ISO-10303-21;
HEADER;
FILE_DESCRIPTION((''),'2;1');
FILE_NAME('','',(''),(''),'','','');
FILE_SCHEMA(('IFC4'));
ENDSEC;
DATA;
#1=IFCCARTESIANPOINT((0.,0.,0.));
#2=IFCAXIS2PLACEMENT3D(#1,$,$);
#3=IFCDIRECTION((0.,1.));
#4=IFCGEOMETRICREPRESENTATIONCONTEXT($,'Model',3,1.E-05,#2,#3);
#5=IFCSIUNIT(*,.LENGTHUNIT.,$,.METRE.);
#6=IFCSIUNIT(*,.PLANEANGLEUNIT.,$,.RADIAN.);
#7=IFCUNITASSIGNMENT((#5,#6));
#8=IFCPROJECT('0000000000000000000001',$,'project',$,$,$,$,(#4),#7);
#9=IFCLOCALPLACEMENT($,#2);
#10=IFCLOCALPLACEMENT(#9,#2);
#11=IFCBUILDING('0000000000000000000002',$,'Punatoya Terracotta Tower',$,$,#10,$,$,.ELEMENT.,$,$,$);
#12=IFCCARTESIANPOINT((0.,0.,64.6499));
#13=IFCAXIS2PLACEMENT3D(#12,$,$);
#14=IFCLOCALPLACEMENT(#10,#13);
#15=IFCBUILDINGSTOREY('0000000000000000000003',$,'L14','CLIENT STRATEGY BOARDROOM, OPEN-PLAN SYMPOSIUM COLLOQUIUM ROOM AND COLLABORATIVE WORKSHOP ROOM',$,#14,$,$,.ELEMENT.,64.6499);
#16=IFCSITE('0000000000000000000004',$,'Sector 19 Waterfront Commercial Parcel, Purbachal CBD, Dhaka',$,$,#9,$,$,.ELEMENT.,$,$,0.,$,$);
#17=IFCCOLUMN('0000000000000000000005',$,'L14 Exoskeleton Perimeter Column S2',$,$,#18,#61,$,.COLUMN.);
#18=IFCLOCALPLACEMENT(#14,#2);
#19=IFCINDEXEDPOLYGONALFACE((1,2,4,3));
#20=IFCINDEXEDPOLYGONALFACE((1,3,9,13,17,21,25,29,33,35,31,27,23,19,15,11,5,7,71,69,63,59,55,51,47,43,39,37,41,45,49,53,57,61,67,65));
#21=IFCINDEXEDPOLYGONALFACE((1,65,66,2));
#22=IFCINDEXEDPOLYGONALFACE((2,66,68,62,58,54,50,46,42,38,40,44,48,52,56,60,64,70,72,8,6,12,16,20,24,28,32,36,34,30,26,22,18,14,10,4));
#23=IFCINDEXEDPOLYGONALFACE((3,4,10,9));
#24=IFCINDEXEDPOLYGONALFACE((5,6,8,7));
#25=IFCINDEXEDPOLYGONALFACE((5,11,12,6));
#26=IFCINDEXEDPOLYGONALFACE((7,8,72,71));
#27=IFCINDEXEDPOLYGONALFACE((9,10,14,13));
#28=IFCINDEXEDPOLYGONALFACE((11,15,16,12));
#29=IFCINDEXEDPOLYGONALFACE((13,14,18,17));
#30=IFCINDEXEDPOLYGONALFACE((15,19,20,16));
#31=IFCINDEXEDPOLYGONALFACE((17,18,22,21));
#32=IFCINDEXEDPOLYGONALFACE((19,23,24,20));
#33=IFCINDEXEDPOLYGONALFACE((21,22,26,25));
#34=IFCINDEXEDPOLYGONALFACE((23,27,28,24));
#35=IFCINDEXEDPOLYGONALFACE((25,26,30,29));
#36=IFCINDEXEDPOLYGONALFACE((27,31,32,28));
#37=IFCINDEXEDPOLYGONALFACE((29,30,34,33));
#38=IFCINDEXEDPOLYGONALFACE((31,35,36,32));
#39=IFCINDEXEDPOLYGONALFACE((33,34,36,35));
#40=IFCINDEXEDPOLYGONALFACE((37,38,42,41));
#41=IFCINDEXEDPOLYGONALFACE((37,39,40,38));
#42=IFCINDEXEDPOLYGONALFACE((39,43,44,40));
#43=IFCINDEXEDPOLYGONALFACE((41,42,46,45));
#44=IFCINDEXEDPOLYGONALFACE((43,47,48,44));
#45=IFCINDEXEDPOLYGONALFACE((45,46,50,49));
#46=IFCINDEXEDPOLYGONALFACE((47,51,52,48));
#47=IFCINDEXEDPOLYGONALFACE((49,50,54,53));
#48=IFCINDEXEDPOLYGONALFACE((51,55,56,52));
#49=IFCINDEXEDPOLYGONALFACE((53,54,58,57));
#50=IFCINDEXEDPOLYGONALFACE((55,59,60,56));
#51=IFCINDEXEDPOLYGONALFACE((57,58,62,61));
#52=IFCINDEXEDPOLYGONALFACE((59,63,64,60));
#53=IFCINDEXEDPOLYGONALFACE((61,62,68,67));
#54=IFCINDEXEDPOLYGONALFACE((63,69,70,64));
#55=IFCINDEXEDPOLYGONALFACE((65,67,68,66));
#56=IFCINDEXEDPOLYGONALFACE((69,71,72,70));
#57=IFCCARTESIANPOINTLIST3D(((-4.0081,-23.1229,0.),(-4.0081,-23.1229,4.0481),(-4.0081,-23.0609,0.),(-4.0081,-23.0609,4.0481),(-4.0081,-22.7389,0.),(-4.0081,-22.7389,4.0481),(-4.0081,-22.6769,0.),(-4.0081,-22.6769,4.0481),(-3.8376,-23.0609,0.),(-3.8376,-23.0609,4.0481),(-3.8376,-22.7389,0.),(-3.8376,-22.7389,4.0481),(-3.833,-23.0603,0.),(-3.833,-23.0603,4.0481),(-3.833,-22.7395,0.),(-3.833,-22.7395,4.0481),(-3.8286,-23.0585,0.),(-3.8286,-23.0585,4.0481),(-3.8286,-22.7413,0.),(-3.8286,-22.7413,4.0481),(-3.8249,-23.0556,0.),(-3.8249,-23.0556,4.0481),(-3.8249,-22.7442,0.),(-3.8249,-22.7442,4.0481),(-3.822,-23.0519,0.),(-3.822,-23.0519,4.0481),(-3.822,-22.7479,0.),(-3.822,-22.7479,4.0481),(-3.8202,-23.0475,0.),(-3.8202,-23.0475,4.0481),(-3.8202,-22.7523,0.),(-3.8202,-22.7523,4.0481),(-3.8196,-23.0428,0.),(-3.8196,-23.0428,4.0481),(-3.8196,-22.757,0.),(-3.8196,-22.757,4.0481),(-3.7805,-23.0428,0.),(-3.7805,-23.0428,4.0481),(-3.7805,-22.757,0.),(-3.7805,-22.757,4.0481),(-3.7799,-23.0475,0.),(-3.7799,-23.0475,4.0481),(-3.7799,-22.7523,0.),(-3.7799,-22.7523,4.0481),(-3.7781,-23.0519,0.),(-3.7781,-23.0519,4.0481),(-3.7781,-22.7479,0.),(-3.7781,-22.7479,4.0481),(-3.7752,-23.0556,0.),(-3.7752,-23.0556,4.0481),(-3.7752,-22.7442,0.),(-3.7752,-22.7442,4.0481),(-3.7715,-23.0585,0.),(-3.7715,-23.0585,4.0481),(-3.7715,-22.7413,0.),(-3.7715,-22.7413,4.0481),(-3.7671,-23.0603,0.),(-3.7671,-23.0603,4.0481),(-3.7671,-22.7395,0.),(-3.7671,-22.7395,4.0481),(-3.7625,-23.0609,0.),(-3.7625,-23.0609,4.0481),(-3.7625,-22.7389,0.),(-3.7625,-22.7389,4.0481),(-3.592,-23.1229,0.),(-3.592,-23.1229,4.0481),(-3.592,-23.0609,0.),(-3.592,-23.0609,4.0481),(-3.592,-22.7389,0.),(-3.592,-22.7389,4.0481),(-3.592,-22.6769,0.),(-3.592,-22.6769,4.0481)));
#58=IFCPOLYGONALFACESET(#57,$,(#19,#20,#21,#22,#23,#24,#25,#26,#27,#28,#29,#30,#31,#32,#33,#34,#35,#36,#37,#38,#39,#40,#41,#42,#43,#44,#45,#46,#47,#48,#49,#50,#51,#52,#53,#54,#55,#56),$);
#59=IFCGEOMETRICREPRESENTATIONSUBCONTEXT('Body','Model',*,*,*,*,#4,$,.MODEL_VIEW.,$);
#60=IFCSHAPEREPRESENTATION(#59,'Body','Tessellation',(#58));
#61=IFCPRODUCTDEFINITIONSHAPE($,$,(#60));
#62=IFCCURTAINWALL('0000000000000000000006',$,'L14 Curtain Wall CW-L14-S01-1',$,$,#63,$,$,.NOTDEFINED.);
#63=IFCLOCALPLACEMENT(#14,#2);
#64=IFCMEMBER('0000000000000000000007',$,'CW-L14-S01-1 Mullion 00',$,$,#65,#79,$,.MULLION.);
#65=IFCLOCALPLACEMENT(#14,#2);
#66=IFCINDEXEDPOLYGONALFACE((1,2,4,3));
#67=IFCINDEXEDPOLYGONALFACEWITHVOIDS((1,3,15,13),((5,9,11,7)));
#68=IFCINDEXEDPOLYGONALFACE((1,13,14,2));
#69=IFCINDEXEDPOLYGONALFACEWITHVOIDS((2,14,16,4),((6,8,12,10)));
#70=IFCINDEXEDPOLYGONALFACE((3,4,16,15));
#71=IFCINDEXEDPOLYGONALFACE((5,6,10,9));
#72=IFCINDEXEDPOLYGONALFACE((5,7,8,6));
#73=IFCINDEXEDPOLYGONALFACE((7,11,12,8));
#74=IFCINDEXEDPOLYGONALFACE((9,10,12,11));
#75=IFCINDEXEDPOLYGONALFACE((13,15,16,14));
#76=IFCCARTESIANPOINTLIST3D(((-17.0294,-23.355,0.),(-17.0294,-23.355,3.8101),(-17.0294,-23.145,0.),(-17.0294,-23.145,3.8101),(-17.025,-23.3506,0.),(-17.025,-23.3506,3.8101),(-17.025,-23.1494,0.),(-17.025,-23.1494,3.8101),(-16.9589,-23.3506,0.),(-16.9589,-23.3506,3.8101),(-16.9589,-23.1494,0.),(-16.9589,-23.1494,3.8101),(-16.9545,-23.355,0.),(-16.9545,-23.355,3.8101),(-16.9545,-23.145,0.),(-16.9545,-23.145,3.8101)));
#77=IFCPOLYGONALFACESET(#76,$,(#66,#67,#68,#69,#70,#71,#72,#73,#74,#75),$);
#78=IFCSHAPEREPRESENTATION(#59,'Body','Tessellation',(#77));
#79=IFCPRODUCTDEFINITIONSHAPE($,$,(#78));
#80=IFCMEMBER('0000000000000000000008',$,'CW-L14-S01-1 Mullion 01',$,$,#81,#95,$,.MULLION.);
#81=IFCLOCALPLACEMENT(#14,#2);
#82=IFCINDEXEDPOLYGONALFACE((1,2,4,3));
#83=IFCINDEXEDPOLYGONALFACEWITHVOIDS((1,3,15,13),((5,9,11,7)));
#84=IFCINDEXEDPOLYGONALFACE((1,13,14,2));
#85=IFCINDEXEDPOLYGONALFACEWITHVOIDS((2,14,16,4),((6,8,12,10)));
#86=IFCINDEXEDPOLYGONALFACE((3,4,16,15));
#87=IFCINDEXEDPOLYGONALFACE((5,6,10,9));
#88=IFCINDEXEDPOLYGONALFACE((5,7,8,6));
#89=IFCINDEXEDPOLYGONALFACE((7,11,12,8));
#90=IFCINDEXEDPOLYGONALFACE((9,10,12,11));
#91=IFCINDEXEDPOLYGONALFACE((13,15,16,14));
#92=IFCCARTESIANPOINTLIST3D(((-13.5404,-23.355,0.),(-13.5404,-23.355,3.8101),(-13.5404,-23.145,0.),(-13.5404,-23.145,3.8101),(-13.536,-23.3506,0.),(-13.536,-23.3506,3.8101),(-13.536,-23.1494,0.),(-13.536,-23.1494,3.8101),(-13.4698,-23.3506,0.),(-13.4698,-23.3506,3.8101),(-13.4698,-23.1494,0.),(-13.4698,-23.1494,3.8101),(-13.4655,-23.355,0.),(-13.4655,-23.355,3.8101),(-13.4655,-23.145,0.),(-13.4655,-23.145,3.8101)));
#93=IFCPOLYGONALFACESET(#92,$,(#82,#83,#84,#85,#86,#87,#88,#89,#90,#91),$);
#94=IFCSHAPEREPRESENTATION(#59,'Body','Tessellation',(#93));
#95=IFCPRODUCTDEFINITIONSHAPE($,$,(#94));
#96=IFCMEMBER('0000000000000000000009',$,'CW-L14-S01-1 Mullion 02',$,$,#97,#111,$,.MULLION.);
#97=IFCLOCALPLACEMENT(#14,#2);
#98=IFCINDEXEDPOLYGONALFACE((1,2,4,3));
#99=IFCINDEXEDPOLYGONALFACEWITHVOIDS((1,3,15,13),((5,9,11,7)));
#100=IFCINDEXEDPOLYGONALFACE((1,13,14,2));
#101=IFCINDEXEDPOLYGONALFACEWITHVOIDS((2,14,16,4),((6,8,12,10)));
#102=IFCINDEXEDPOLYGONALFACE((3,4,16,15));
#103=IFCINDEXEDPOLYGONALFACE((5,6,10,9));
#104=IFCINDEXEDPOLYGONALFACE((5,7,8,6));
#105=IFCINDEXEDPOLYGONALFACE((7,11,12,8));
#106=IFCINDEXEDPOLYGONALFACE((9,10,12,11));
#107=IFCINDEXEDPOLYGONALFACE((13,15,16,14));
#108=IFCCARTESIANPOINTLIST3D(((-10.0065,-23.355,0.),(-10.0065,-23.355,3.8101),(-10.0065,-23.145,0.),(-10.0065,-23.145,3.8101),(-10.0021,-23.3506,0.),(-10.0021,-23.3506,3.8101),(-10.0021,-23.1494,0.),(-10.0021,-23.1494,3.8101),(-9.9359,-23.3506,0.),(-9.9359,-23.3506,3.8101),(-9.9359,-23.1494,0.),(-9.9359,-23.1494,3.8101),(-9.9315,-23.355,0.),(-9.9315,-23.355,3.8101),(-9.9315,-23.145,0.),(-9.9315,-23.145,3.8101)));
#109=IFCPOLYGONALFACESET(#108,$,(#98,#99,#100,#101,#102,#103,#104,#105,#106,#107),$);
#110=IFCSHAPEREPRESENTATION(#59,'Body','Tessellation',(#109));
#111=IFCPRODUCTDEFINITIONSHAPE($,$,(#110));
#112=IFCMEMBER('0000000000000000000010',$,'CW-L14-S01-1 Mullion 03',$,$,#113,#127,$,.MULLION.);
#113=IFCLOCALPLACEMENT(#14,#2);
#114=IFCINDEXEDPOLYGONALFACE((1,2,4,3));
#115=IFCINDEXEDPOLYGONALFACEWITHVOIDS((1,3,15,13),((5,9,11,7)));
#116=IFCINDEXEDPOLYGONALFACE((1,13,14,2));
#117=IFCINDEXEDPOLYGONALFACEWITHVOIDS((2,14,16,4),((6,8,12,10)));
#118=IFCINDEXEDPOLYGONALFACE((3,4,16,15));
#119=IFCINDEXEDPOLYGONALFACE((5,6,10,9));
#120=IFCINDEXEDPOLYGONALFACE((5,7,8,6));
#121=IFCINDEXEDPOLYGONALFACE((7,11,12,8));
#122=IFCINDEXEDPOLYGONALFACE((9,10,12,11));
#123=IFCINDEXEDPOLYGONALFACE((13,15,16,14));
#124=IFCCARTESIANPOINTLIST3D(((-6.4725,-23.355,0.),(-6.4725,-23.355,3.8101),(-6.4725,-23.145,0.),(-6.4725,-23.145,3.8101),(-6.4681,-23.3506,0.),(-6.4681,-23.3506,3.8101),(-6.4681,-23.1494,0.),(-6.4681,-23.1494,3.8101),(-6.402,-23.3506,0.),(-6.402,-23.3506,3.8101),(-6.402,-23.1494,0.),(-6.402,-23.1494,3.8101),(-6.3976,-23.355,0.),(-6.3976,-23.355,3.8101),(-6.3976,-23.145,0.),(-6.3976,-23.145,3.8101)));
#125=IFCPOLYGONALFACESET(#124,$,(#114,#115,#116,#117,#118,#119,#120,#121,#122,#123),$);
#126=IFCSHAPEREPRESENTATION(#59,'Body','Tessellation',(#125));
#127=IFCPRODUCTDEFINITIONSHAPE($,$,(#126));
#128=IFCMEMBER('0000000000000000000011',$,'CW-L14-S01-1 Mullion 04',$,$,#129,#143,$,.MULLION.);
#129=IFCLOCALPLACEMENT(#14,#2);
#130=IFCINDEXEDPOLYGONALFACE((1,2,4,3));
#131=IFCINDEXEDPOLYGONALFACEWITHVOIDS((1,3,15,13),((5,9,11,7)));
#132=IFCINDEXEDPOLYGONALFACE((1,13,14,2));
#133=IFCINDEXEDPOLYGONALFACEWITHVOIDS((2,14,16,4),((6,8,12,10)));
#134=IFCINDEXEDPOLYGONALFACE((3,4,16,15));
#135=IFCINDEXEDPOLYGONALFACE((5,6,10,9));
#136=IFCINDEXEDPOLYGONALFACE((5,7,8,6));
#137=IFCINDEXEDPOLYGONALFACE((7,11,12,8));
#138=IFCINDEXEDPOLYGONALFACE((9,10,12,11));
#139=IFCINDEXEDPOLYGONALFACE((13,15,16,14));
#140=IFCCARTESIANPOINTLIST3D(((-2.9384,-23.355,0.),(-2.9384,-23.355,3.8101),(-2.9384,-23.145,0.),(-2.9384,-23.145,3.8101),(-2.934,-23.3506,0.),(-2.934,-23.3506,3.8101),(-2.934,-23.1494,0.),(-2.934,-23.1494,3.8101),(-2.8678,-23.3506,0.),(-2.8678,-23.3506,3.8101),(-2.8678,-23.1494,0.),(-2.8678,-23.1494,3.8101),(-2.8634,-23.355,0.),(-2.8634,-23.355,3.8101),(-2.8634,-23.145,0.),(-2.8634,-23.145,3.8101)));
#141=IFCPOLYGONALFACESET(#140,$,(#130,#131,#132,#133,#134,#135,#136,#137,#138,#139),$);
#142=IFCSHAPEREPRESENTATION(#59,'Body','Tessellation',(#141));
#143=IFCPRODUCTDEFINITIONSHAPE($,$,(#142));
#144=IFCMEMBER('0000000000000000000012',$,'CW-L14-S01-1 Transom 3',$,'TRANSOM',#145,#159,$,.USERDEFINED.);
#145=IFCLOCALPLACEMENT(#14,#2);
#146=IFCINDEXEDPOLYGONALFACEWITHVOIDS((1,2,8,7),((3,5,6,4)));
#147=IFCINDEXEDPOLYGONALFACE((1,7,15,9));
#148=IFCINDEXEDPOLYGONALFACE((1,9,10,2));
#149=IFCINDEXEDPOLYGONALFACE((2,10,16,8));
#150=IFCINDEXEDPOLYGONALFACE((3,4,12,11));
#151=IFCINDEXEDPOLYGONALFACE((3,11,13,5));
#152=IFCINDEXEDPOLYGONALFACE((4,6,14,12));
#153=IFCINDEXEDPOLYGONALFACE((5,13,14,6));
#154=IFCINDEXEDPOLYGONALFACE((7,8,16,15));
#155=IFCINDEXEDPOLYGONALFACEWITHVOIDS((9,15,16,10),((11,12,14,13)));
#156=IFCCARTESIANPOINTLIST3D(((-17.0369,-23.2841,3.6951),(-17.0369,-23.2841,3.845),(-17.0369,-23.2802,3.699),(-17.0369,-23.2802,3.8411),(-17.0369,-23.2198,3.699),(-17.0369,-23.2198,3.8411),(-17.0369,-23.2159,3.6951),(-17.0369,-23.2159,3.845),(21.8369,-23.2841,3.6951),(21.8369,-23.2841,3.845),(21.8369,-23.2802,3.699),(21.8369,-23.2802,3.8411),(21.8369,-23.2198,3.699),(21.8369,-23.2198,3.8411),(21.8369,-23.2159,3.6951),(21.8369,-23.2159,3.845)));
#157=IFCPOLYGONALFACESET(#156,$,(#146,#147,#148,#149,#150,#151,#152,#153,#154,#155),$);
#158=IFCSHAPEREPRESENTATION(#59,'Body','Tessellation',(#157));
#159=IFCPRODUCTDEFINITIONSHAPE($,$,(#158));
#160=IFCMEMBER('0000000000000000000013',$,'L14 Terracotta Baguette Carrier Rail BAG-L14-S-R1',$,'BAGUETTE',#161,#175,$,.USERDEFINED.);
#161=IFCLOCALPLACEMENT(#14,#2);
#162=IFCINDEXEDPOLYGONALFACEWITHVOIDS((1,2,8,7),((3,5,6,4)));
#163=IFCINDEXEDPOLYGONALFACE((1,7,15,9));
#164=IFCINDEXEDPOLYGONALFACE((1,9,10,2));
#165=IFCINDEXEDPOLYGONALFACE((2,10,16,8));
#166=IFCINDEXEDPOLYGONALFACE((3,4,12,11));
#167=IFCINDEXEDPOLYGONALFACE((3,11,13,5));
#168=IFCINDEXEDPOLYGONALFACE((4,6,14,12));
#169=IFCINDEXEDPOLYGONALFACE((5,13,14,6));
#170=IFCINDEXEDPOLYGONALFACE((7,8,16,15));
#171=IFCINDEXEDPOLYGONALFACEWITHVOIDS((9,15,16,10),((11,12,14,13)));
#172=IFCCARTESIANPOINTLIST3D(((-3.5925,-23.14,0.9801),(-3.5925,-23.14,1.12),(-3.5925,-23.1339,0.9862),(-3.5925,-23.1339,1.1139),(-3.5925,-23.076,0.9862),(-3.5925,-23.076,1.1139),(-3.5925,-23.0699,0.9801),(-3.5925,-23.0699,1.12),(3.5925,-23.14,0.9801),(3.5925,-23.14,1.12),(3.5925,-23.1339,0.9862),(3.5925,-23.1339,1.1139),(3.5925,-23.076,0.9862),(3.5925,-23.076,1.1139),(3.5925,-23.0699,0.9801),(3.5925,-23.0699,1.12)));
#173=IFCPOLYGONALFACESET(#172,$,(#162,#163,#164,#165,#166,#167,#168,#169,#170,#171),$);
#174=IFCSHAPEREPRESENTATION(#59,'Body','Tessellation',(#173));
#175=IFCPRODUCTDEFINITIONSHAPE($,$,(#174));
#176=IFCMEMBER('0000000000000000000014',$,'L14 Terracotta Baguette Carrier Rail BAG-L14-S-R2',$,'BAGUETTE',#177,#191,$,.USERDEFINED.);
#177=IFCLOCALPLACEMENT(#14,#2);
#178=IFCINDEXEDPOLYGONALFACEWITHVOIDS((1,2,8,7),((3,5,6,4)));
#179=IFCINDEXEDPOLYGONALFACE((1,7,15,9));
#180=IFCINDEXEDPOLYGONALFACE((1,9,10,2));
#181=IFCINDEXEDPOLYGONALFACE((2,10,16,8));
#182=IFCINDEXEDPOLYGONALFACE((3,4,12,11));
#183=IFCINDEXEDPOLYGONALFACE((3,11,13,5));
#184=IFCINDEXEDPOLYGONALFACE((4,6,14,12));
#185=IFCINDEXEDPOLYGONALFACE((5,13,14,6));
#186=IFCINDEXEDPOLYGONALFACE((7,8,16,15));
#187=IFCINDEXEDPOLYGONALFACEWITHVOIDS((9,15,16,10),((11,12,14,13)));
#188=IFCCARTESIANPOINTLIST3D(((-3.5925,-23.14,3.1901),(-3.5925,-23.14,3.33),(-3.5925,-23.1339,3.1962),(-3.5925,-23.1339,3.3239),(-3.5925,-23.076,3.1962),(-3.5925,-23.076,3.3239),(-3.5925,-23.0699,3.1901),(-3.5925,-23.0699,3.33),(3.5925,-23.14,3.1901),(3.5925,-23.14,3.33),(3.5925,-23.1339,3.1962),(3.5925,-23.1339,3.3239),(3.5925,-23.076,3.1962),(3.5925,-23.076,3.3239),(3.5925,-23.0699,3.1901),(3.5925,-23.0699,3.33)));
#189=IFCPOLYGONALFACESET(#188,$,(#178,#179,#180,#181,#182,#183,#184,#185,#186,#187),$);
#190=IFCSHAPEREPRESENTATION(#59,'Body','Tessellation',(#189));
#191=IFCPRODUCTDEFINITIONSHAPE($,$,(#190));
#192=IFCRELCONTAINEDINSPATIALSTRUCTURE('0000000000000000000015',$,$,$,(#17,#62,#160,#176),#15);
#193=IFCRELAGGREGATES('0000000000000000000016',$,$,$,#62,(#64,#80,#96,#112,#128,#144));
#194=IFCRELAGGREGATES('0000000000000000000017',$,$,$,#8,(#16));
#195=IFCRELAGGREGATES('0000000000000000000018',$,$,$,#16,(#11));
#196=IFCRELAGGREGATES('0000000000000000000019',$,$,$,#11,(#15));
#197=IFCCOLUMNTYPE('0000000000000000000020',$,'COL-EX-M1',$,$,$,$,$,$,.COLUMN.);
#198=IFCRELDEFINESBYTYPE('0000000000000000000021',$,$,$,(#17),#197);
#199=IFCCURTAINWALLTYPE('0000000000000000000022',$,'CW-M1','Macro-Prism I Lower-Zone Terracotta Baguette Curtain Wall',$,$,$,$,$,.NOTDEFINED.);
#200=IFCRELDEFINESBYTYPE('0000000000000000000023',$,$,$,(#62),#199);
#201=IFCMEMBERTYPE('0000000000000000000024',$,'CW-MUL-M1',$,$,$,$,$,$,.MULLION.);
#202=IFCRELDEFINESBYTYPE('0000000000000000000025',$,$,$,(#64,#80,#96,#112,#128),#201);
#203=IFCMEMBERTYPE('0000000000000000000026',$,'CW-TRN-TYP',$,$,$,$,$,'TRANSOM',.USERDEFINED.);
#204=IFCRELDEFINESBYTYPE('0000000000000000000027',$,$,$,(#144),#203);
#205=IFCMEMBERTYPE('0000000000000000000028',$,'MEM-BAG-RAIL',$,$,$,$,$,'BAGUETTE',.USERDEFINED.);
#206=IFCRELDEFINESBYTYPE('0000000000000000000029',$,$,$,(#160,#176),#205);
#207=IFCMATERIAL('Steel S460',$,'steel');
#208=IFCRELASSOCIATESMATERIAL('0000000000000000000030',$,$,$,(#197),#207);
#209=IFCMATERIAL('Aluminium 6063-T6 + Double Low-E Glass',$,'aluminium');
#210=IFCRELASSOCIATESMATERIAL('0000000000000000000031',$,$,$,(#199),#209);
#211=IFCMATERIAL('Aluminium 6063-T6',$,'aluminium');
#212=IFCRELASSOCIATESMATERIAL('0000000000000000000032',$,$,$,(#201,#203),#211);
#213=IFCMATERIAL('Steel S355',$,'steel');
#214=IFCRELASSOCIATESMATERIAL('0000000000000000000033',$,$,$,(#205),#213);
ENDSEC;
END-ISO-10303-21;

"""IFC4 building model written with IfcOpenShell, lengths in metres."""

from ifc_helpers import new_model, si_unit, direction, frame, origin, origin_2d, place, context, subcontext, project, spatial, hollow_rectangle, i_section, extrude, material, material_profile, profile_set, type_object, element, aggregate, save


model = new_model("IFC4")

# Units and contexts
model_context = context("Model", 3, precision=1e-05, world=origin(), true_north=direction((0.0, 1.0)))
body_context = subcontext(model_context, "Body", "Model", "MODEL_VIEW")
ifc_project = project(units=[si_unit("LENGTHUNIT", "METRE"), si_unit("PLANEANGLEUNIT", "RADIAN")], contexts=[model_context])

# Site, building, storey
site_placement = place(None, origin())
site = spatial("IfcSite", under=ifc_project, at=site_placement, Name="Sector 19 Waterfront Commercial Parcel, Purbachal CBD, Dhaka", CompositionType="ELEMENT", RefElevation=0.0)
building_placement = place(site_placement, origin())
building = spatial("IfcBuilding", under=site, at=building_placement, Name="Punatoya Terracotta Tower", CompositionType="ELEMENT")
storey_placement = place(building_placement, frame((0.0, 0.0, 64.6499)))
storey = spatial("IfcBuildingStorey", under=building, at=storey_placement, Name="L14", Description="CLIENT STRATEGY BOARDROOM, OPEN-PLAN SYMPOSIUM COLLOQUIUM ROOM AND COLLABORATIVE WORKSHOP ROOM", CompositionType="ELEMENT", Elevation=64.6499)

# Column
ifc_material_1 = material(Name="Steel S460", Category="steel")
ifc_material_profile_1 = material_profile(ifc_material_1, i_section(OverallWidth=0.416, OverallDepth=0.446, WebThickness=0.0391, FlangeThickness=0.062, FilletRadius=0.0181, at=origin_2d()))
ifc_profile_set_1 = profile_set([ifc_material_profile_1], Name="Steel S460")
column_type = type_object("IfcColumnType", Name="COL-EX-M1", PredefinedType="COLUMN", material=ifc_profile_set_1)
column_placement = place(storey_placement, frame((-3.8, -22.8999, 0.0), z_axis=(0.0, 0.0, 1.0), x_axis=(1.0, 0.0, 0.0)))
element("IfcColumn", 1, at=column_placement, inside=storey, type_object=column_type, Name="L14 Exoskeleton Perimeter Column S2", PredefinedType="COLUMN", context=body_context, shape_type="SweptSolid", body=[
    extrude(i_section(OverallWidth=0.416, OverallDepth=0.446, WebThickness=0.0391, FlangeThickness=0.062, FilletRadius=0.0181, at=origin_2d()), origin(), (0.0, 0.0, 1.0), 4.0481),
])

# Curtain wall, members
ifc_material_2 = material(Name="Aluminium 6063-T6 + Double Low-E Glass", Category="aluminium")
curtain_wall_type = type_object("IfcCurtainWallType", Name="CW-M1", Description="Macro-Prism I Lower-Zone Terracotta Baguette Curtain Wall", PredefinedType="NOTDEFINED", material=ifc_material_2)
curtain_wall_placement = place(storey_placement, origin())
curtain_wall = element("IfcCurtainWall", 2, at=curtain_wall_placement, inside=storey, type_object=curtain_wall_type, Name="L14 Curtain Wall CW-L14-S01-1", PredefinedType="NOTDEFINED")
ifc_material_3 = material(Name="Aluminium 6063-T6", Category="aluminium")
ifc_material_profile_2 = material_profile(ifc_material_3, hollow_rectangle(XDim=0.075, YDim=0.21, WallThickness=0.0044, at=origin_2d()))
ifc_profile_set_2 = profile_set([ifc_material_profile_2], Name="Aluminium 6063-T6")
member_type_1 = type_object("IfcMemberType", Name="CW-MUL-M1", PredefinedType="MULLION", material=ifc_profile_set_2)
member_1_placement = place(storey_placement, frame((-16.9919, -23.25, 0.0), z_axis=(0.0, 0.0, 1.0), x_axis=(1.0, 0.0, 0.0)))
member_1 = element("IfcMember", 3, at=member_1_placement, type_object=member_type_1, Name="CW-L14-S01-1 Mullion 00", PredefinedType="MULLION", context=body_context, shape_type="SweptSolid", body=[
    extrude(hollow_rectangle(XDim=0.075, YDim=0.21, WallThickness=0.0044, at=origin_2d()), origin(), (0.0, 0.0, 1.0), 3.8101),
])
member_2_placement = place(storey_placement, frame((-13.5029, -23.25, 0.0), z_axis=(0.0, 0.0, 1.0), x_axis=(1.0, 0.0, 0.0)))
member_2 = element("IfcMember", 4, at=member_2_placement, type_object=member_type_1, Name="CW-L14-S01-1 Mullion 01", PredefinedType="MULLION", context=body_context, shape_type="SweptSolid", body=[
    extrude(hollow_rectangle(XDim=0.075, YDim=0.21, WallThickness=0.0044, at=origin_2d()), origin(), (0.0, 0.0, 1.0), 3.8101),
])
member_3_placement = place(storey_placement, frame((-9.969, -23.25, 0.0), z_axis=(0.0, 0.0, 1.0), x_axis=(1.0, 0.0, 0.0)))
member_3 = element("IfcMember", 5, at=member_3_placement, type_object=member_type_1, Name="CW-L14-S01-1 Mullion 02", PredefinedType="MULLION", context=body_context, shape_type="SweptSolid", body=[
    extrude(hollow_rectangle(XDim=0.075, YDim=0.21, WallThickness=0.0044, at=origin_2d()), origin(), (0.0, 0.0, 1.0), 3.8101),
])
member_4_placement = place(storey_placement, frame((-6.4351, -23.25, 0.0), z_axis=(0.0, 0.0, 1.0), x_axis=(1.0, 0.0, 0.0)))
member_4 = element("IfcMember", 6, at=member_4_placement, type_object=member_type_1, Name="CW-L14-S01-1 Mullion 03", PredefinedType="MULLION", context=body_context, shape_type="SweptSolid", body=[
    extrude(hollow_rectangle(XDim=0.075, YDim=0.21, WallThickness=0.0044, at=origin_2d()), origin(), (0.0, 0.0, 1.0), 3.8101),
])
member_5_placement = place(storey_placement, frame((-2.9009, -23.25, 0.0), z_axis=(0.0, 0.0, 1.0), x_axis=(1.0, 0.0, 0.0)))
member_5 = element("IfcMember", 7, at=member_5_placement, type_object=member_type_1, Name="CW-L14-S01-1 Mullion 04", PredefinedType="MULLION", context=body_context, shape_type="SweptSolid", body=[
    extrude(hollow_rectangle(XDim=0.075, YDim=0.21, WallThickness=0.0044, at=origin_2d()), origin(), (0.0, 0.0, 1.0), 3.8101),
])
ifc_material_profile_3 = material_profile(ifc_material_3, hollow_rectangle(XDim=0.0681, YDim=0.1499, WallThickness=0.0039, at=origin_2d()))
ifc_profile_set_3 = profile_set([ifc_material_profile_3], Name="Aluminium 6063-T6")
member_type_2 = type_object("IfcMemberType", Name="CW-TRN-TYP", ElementType="TRANSOM", PredefinedType="USERDEFINED", material=ifc_profile_set_3)
member_6_placement = place(storey_placement, frame((-17.0369, -23.25, 3.77), z_axis=(1.0, 0.0, 0.0), x_axis=(0.0, 1.0, 0.0)))
member_6 = element("IfcMember", 8, at=member_6_placement, type_object=member_type_2, Name="CW-L14-S01-1 Transom 3", ObjectType="TRANSOM", PredefinedType="USERDEFINED", context=body_context, shape_type="SweptSolid", body=[
    extrude(hollow_rectangle(XDim=0.0681, YDim=0.1499, WallThickness=0.0039, at=origin_2d()), origin(), (0.0, 0.0, 1.0), 38.8738),
])

# Members
ifc_material_4 = material(Name="Steel S355", Category="steel")
ifc_material_profile_4 = material_profile(ifc_material_4, hollow_rectangle(XDim=0.0701, YDim=0.1399, WallThickness=0.0061, at=origin_2d()))
ifc_profile_set_4 = profile_set([ifc_material_profile_4], Name="Steel S355")
member_type_3 = type_object("IfcMemberType", Name="MEM-BAG-RAIL", ElementType="BAGUETTE", PredefinedType="USERDEFINED", material=ifc_profile_set_4)
for number, where, z_axis, x_axis, name in (
    (9, (-3.5925, -23.105, 1.05), (1.0, 0.0, 0.0), (0.0, 1.0, 0.0), "L14 Terracotta Baguette Carrier Rail BAG-L14-S-R1"),
    (10, (-3.5925, -23.105, 3.26), (1.0, 0.0, 0.0), (0.0, 1.0, 0.0), "L14 Terracotta Baguette Carrier Rail BAG-L14-S-R2"),
):
    element("IfcMember", number, at=place(storey_placement, frame(where, z_axis=z_axis, x_axis=x_axis)), inside=storey, type_object=member_type_3, Name=name, ObjectType="BAGUETTE", PredefinedType="USERDEFINED", context=body_context, shape_type="SweptSolid", body=[
        extrude(hollow_rectangle(XDim=0.0701, YDim=0.1399, WallThickness=0.0061, at=origin_2d()), origin(), (0.0, 0.0, 1.0), 7.1851),
    ])

aggregate(curtain_wall, [member_1, member_2, member_3, member_4, member_5, member_6])

save(model, "model.ifc")
